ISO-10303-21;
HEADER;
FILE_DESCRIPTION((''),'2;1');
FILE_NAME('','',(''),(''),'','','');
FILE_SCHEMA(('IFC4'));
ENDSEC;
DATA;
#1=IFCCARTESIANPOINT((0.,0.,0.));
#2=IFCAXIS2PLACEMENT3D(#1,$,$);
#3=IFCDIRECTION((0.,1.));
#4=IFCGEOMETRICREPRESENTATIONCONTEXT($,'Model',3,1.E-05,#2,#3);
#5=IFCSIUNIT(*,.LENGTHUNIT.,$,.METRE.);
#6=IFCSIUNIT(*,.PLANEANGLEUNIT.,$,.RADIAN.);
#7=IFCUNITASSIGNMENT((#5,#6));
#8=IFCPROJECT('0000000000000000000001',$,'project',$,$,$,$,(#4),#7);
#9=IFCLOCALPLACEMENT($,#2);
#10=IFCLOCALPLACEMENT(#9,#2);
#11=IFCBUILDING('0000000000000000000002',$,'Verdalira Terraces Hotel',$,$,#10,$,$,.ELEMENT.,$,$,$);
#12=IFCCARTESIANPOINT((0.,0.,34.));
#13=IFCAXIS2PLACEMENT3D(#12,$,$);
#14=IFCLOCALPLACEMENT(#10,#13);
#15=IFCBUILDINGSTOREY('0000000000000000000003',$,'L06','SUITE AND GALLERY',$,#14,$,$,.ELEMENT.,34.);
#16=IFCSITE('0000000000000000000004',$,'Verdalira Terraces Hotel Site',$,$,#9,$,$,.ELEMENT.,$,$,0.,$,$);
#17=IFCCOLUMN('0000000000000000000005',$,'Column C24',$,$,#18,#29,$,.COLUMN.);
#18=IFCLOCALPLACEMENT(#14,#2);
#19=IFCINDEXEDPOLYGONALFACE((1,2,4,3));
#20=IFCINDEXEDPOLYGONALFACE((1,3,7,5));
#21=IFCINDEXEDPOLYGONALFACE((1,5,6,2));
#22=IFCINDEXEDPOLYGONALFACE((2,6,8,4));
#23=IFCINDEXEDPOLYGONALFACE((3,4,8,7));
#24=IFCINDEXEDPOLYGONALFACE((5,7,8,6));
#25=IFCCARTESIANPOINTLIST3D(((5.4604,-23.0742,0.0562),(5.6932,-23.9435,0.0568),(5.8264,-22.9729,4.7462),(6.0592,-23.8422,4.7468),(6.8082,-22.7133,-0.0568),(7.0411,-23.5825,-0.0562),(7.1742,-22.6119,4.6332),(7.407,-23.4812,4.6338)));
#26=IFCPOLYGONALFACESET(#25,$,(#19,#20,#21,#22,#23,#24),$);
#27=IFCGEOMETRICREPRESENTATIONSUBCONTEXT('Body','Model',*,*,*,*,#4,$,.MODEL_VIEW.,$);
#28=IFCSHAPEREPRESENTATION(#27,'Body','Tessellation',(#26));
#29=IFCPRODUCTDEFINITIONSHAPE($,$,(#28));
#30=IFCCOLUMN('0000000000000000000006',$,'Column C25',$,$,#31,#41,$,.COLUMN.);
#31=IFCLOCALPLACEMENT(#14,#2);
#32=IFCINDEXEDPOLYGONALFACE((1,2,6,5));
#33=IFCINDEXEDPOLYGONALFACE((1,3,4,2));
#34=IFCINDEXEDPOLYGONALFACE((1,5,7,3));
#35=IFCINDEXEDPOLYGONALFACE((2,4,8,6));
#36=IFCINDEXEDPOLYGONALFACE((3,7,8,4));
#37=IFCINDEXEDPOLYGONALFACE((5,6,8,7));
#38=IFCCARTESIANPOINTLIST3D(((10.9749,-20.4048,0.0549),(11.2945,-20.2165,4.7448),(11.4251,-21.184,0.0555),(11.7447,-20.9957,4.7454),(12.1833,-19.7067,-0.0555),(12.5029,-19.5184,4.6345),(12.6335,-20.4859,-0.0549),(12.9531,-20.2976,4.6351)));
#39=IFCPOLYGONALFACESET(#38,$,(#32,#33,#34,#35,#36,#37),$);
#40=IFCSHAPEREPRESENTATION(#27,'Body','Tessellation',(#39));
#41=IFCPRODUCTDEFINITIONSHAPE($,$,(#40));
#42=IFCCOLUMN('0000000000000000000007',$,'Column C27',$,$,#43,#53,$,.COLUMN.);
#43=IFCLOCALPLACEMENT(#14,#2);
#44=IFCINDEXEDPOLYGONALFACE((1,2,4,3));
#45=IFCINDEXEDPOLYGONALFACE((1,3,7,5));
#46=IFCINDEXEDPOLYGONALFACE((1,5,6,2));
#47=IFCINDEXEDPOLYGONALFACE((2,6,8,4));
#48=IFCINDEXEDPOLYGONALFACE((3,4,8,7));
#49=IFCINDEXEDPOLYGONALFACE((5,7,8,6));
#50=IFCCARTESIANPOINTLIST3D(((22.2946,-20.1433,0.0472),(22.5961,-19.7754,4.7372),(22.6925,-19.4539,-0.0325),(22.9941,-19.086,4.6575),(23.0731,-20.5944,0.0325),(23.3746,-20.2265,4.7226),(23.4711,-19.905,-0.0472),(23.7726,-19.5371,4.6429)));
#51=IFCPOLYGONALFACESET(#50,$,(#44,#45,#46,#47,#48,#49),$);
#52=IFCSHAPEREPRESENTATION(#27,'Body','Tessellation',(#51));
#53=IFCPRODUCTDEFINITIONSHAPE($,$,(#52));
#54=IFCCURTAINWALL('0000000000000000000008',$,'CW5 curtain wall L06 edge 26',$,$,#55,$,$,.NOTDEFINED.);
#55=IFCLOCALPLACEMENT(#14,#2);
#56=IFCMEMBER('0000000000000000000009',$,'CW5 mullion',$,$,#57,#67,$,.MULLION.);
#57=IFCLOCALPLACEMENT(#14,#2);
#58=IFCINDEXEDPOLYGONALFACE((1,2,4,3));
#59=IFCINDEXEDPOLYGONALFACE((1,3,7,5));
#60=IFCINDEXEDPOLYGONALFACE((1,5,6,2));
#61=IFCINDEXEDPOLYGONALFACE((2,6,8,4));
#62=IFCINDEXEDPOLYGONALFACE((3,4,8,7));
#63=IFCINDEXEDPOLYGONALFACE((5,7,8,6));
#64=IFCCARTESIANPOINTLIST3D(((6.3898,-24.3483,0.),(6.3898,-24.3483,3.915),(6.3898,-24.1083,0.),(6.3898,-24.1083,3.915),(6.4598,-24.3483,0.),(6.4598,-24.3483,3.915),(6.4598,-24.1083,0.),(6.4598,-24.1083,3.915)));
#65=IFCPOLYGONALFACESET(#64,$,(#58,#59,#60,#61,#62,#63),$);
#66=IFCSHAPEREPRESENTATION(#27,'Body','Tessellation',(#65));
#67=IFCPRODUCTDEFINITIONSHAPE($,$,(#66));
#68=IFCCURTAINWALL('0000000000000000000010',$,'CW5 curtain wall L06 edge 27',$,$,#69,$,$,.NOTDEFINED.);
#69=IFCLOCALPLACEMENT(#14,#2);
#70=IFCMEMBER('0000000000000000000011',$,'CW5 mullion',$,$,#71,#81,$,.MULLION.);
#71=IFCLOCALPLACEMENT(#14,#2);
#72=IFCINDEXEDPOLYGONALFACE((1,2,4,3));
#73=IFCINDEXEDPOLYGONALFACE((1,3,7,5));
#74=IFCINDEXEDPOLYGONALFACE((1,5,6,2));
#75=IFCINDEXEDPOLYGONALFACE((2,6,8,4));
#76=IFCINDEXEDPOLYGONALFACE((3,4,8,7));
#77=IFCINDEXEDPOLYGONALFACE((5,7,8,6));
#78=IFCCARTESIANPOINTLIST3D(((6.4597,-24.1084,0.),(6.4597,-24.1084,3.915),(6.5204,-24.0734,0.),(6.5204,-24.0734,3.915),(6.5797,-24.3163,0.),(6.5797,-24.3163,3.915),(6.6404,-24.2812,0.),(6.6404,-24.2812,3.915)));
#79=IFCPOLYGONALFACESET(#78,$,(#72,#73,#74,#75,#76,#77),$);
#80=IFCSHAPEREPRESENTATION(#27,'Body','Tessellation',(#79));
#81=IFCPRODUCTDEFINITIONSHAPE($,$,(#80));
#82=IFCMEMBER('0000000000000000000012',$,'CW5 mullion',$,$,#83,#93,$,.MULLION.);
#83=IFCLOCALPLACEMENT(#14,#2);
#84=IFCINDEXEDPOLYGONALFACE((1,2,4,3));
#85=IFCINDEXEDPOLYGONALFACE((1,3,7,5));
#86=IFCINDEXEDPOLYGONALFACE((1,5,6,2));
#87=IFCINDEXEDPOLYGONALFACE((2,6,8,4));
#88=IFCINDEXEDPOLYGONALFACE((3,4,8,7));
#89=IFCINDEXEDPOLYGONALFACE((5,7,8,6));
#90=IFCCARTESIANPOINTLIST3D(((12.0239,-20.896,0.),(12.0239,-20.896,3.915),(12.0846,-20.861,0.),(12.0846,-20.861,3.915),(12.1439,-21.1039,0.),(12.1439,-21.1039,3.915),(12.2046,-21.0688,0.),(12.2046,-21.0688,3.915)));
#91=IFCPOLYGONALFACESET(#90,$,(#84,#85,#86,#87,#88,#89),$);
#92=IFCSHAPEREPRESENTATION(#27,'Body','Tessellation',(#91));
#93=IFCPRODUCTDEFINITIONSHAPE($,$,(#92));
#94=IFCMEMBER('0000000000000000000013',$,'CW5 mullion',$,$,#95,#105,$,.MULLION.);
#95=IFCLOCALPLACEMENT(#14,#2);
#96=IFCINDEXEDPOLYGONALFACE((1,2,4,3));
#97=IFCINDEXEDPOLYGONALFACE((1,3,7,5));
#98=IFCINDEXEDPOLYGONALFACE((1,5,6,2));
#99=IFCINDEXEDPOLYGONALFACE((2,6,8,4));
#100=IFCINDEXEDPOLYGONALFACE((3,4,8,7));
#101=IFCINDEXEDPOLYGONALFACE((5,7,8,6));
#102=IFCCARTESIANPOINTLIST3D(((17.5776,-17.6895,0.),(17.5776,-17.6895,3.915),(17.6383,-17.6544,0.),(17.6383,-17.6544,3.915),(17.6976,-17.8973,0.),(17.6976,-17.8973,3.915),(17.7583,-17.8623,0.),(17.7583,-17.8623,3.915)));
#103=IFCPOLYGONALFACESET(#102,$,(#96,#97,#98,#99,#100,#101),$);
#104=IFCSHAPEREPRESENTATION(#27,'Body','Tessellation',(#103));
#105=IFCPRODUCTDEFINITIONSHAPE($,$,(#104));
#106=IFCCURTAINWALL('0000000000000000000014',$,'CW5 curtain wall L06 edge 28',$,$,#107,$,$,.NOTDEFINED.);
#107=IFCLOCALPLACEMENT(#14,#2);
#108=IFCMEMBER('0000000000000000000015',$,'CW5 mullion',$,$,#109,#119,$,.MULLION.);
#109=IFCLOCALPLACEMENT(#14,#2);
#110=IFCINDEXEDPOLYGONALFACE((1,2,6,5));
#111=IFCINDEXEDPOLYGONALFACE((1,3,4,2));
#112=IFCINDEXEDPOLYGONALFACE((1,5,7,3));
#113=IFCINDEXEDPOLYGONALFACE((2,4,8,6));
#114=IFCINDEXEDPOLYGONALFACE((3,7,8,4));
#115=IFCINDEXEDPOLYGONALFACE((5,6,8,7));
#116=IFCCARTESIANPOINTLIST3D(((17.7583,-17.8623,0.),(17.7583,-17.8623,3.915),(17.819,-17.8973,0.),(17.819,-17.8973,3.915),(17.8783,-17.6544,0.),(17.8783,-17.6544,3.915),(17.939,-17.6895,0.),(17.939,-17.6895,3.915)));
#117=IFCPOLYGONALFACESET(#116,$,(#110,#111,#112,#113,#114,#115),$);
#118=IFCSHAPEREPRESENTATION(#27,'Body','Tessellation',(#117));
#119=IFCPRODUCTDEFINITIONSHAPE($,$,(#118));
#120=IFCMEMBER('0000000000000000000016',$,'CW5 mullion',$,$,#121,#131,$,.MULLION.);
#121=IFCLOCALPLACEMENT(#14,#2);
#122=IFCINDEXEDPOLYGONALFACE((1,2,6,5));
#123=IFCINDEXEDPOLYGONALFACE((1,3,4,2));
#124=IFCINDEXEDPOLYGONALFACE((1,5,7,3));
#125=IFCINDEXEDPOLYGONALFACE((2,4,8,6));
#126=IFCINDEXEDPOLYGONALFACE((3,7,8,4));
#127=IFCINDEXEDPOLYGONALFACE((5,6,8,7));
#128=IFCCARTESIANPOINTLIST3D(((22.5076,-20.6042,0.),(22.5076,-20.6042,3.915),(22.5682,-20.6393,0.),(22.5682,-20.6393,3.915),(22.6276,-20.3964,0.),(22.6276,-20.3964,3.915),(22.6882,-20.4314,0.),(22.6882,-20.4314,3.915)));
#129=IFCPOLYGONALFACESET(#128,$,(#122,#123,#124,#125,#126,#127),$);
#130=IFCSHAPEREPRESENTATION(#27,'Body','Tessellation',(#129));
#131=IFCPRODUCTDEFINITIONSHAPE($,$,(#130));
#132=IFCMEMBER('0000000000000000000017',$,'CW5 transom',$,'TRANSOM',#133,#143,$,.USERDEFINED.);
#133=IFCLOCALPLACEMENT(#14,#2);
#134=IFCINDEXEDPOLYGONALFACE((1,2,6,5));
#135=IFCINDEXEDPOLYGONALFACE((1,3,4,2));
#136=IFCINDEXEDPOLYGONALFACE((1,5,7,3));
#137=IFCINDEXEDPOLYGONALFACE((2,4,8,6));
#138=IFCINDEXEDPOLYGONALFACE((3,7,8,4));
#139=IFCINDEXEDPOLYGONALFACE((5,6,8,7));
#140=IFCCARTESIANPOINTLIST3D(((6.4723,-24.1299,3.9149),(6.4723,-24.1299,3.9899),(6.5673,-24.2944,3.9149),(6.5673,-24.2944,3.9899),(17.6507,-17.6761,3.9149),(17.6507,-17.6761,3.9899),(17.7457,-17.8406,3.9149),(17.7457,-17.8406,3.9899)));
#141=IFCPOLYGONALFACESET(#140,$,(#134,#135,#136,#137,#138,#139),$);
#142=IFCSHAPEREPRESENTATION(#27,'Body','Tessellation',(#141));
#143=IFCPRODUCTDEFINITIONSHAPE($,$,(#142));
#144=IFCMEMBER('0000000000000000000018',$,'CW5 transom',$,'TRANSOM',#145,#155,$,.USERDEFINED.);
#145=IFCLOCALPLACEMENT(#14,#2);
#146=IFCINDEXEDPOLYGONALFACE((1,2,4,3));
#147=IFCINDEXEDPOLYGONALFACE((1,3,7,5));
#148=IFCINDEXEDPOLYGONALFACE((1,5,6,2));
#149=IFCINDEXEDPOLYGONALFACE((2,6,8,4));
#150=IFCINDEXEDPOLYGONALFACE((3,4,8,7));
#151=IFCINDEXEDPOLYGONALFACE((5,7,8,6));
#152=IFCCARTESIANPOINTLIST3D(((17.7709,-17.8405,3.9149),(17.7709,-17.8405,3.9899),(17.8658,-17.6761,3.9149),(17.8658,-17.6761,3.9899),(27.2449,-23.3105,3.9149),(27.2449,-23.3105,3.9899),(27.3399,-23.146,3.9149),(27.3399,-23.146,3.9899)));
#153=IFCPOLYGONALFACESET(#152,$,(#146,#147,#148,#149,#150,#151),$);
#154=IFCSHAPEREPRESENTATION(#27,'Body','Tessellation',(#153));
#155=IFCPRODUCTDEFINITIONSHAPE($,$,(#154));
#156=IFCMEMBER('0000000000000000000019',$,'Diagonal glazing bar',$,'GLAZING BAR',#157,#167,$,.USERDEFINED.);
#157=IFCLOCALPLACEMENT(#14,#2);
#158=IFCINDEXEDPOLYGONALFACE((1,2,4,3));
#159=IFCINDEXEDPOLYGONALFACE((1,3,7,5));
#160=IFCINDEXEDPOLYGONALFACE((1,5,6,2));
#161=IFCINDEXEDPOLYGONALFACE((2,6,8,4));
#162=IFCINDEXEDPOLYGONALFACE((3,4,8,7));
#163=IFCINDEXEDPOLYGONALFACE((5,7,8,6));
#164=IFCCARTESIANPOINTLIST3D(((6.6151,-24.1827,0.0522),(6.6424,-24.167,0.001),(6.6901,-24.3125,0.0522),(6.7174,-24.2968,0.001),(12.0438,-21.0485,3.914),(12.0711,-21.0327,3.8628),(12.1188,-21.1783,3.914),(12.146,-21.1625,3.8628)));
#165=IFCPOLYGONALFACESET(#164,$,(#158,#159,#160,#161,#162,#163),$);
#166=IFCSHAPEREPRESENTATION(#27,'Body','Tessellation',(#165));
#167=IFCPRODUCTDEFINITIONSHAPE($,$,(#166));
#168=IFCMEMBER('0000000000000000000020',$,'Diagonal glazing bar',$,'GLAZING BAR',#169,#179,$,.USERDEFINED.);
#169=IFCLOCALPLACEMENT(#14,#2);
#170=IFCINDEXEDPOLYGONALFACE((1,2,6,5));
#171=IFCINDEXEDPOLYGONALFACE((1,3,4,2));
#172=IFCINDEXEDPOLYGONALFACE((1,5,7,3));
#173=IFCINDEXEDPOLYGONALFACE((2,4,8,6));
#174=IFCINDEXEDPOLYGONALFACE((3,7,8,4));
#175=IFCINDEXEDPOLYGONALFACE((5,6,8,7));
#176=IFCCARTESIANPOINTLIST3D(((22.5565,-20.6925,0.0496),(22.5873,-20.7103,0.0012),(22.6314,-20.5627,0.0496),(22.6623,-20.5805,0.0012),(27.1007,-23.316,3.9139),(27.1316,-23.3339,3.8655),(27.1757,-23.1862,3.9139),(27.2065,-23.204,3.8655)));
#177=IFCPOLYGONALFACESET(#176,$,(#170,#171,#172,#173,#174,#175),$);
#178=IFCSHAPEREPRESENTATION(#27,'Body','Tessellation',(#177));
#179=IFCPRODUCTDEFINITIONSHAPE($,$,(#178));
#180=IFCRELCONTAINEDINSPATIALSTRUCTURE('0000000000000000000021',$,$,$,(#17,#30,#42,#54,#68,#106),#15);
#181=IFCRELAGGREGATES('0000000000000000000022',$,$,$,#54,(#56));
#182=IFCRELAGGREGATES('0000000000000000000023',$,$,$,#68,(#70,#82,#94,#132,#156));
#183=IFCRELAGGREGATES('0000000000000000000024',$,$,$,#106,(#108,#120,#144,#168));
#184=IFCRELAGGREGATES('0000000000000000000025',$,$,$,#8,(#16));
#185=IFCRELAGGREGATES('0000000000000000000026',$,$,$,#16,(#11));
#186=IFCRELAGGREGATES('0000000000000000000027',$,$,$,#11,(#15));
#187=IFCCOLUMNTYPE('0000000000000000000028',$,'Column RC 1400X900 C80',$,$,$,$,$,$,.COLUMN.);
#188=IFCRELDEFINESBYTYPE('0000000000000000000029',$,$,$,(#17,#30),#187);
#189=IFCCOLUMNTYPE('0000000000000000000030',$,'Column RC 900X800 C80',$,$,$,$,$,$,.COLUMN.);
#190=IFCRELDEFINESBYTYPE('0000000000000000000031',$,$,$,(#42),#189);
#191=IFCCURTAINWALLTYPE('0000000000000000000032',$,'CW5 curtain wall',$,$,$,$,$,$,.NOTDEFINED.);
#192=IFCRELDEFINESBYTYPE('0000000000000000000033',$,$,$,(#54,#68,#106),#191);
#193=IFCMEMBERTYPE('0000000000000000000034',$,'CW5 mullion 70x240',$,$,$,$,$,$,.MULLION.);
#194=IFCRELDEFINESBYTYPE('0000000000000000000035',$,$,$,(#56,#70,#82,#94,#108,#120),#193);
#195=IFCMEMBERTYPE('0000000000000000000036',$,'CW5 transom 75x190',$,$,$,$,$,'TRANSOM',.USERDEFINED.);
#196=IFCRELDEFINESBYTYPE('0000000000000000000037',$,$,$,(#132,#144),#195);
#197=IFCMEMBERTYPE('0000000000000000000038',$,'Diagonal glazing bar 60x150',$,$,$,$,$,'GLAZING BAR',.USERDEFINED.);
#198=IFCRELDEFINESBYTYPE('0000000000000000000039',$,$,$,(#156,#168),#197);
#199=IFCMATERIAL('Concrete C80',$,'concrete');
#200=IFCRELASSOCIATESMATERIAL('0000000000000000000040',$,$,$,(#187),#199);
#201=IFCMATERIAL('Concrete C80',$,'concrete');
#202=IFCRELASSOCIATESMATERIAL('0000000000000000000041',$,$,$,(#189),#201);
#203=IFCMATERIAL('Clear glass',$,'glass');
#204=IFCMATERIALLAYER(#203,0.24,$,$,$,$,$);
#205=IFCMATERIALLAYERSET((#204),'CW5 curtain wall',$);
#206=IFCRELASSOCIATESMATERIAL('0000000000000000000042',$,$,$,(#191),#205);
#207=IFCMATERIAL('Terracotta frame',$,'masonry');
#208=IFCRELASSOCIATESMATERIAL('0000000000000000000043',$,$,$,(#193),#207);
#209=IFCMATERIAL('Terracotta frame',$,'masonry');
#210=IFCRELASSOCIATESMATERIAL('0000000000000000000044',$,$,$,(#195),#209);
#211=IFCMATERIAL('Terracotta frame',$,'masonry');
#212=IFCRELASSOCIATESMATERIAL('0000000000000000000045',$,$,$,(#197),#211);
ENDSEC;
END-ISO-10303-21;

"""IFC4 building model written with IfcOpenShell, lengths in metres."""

from ifc_helpers import new_model, si_unit, direction, frame, origin, origin_2d, place, context, subcontext, project, spatial, rectangle, extrude, material, layer, layer_set, material_profile, profile_set, type_object, element, aggregate, save


model = new_model("IFC4")

# Units and contexts
model_context = context("Model", 3, precision=1e-05, world=origin(), true_north=direction((0.0, 1.0)))
body_context = subcontext(model_context, "Body", "Model", "MODEL_VIEW")
ifc_project = project(units=[si_unit("LENGTHUNIT", "METRE"), si_unit("PLANEANGLEUNIT", "RADIAN")], contexts=[model_context])

# Site, building, storey
site_placement = place(None, origin())
site = spatial("IfcSite", under=ifc_project, at=site_placement, Name="Verdalira Terraces Hotel Site", CompositionType="ELEMENT", RefElevation=0.0)
building_placement = place(site_placement, origin())
building = spatial("IfcBuilding", under=site, at=building_placement, Name="Verdalira Terraces Hotel", CompositionType="ELEMENT")
storey_placement = place(building_placement, frame((0.0, 0.0, 34.0)))
storey = spatial("IfcBuildingStorey", under=building, at=storey_placement, Name="L06", Description="SUITE AND GALLERY", CompositionType="ELEMENT", Elevation=34.0)

# Columns
ifc_material_1 = material(Name="Concrete C80", Category="concrete")
ifc_material_profile_1 = material_profile(ifc_material_1, rectangle(XDim=1.3999, YDim=0.8999, at=origin_2d()), Name="RC 1400X900")
ifc_profile_set_1 = profile_set([ifc_material_profile_1], Name="Concrete C80")
column_type_1 = type_object("IfcColumnType", Name="Column RC 1400X900 C80", PredefinedType="COLUMN", material=ifc_profile_set_1)
column_1_placement = place(storey_placement, frame((6.2507, -23.3284, 0.0), z_axis=(0.077778, 0.021533, 0.996738), x_axis=(-0.962813, -0.257834, 0.080701)))
element("IfcColumn", 1, at=column_1_placement, inside=storey, type_object=column_type_1, Name="Column C24", PredefinedType="COLUMN", context=body_context, shape_type="SweptSolid", body=[
    extrude(rectangle(XDim=1.3999, YDim=0.8999, at=origin_2d()), origin(), (0.0, 0.0, 1.0), 4.7053),
])
column_2_placement = place(storey_placement, frame((11.8042, -20.4453, 0.0), z_axis=(0.06793, 0.04001, 0.996888), x_axis=(0.863199, 0.498671, -0.078834)))
element("IfcColumn", 2, at=column_2_placement, inside=storey, type_object=column_type_1, Name="Column C25", PredefinedType="COLUMN", context=body_context, shape_type="SweptSolid", body=[
    extrude(rectangle(XDim=1.3999, YDim=0.8999, at=origin_2d()), origin(), (0.0, 0.0, 1.0), 4.7046),
])
ifc_material_2 = material(Name="Concrete C80", Category="concrete")
ifc_material_profile_2 = material_profile(ifc_material_2, rectangle(XDim=0.8999, YDim=0.8, at=origin_2d()), Name="RC 900X800")
ifc_profile_set_2 = profile_set([ifc_material_profile_2], Name="Concrete C80")
column_type_2 = type_object("IfcColumnType", Name="Column RC 900X800 C80", PredefinedType="COLUMN", material=ifc_profile_set_2)
column_3_placement = place(storey_placement, frame((22.8828, -20.0242, 0.0), z_axis=(0.063961, 0.078048, 0.994896), x_axis=(0.865136, -0.501273, -0.016295)))
element("IfcColumn", 3, at=column_3_placement, inside=storey, type_object=column_type_2, Name="Column C27", PredefinedType="COLUMN", context=body_context, shape_type="SweptSolid", body=[
    extrude(rectangle(XDim=0.8999, YDim=0.8, at=origin_2d()), origin(), (0.0, 0.0, 1.0), 4.7141),
])

# Curtain wall, member
ifc_material_3 = material(Name="Clear glass", Category="glass")
ifc_layer_1 = layer(ifc_material_3, 0.24)
ifc_layer_set_1 = layer_set([ifc_layer_1], Name="CW5 curtain wall")
curtain_wall_type = type_object("IfcCurtainWallType", Name="CW5 curtain wall", PredefinedType="NOTDEFINED", material=ifc_layer_set_1)
curtain_wall_1_placement = place(storey_placement, origin())
curtain_wall_1 = element("IfcCurtainWall", 4, at=curtain_wall_1_placement, inside=storey, type_object=curtain_wall_type, Name="CW5 curtain wall L06 edge 26", PredefinedType="NOTDEFINED")
ifc_material_4 = material(Name="Terracotta frame", Category="masonry")
ifc_material_profile_3 = material_profile(ifc_material_4, rectangle(XDim=0.0701, YDim=0.24, at=origin_2d()), Name="MU 70x240")
ifc_profile_set_3 = profile_set([ifc_material_profile_3], Name="Terracotta frame")
member_type_1 = type_object("IfcMemberType", Name="CW5 mullion 70x240", PredefinedType="MULLION", material=ifc_profile_set_3)
member_1_placement = place(storey_placement, frame((6.4248, -24.2283, 0.0), z_axis=(0.0, 0.0, 1.0), x_axis=(1.0, 0.0, 0.0)))
member_1 = element("IfcMember", 5, at=member_1_placement, type_object=member_type_1, Name="CW5 mullion", PredefinedType="MULLION", context=body_context, shape_type="SweptSolid", body=[
    extrude(rectangle(XDim=0.0701, YDim=0.24, at=origin_2d()), origin(), (0.0, 0.0, 1.0), 3.915),
])
aggregate(curtain_wall_1, [member_1])

# Curtain walls, members
curtain_wall_2_placement = place(storey_placement, origin())
curtain_wall_2 = element("IfcCurtainWall", 6, at=curtain_wall_2_placement, inside=storey, type_object=curtain_wall_type, Name="CW5 curtain wall L06 edge 27", PredefinedType="NOTDEFINED")
member_2_placement = place(storey_placement, frame((6.55, -24.1948, 0.0), z_axis=(0.0, 0.0, 1.0), x_axis=(0.866025, 0.5, 0.0)))
member_2 = element("IfcMember", 7, at=member_2_placement, type_object=member_type_1, Name="CW5 mullion", PredefinedType="MULLION", context=body_context, shape_type="SweptSolid", body=[
    extrude(rectangle(XDim=0.0701, YDim=0.24, at=origin_2d()), origin(), (0.0, 0.0, 1.0), 3.915),
])
member_3_placement = place(storey_placement, frame((12.1143, -20.9824, 0.0), z_axis=(0.0, 0.0, 1.0), x_axis=(0.866025, 0.5, 0.0)))
member_3 = element("IfcMember", 8, at=member_3_placement, type_object=member_type_1, Name="CW5 mullion", PredefinedType="MULLION", context=body_context, shape_type="SweptSolid", body=[
    extrude(rectangle(XDim=0.0701, YDim=0.24, at=origin_2d()), origin(), (0.0, 0.0, 1.0), 3.915),
])
member_4_placement = place(storey_placement, frame((17.668, -17.7759, 0.0), z_axis=(0.0, 0.0, 1.0), x_axis=(0.866025, 0.5, 0.0)))
member_4 = element("IfcMember", 9, at=member_4_placement, type_object=member_type_1, Name="CW5 mullion", PredefinedType="MULLION", context=body_context, shape_type="SweptSolid", body=[
    extrude(rectangle(XDim=0.0701, YDim=0.24, at=origin_2d()), origin(), (0.0, 0.0, 1.0), 3.915),
])
curtain_wall_3_placement = place(storey_placement, origin())
curtain_wall_3 = element("IfcCurtainWall", 10, at=curtain_wall_3_placement, inside=storey, type_object=curtain_wall_type, Name="CW5 curtain wall L06 edge 28", PredefinedType="NOTDEFINED")
member_5_placement = place(storey_placement, frame((17.8486, -17.7759, 0.0), z_axis=(0.0, 0.0, 1.0), x_axis=(0.866025, -0.5, 0.0)))
member_5 = element("IfcMember", 11, at=member_5_placement, type_object=member_type_1, Name="CW5 mullion", PredefinedType="MULLION", context=body_context, shape_type="SweptSolid", body=[
    extrude(rectangle(XDim=0.0701, YDim=0.24, at=origin_2d()), origin(), (0.0, 0.0, 1.0), 3.915),
])
member_6_placement = place(storey_placement, frame((22.5979, -20.5178, 0.0), z_axis=(0.0, 0.0, 1.0), x_axis=(0.866025, -0.5, 0.0)))
member_6 = element("IfcMember", 12, at=member_6_placement, type_object=member_type_1, Name="CW5 mullion", PredefinedType="MULLION", context=body_context, shape_type="SweptSolid", body=[
    extrude(rectangle(XDim=0.0701, YDim=0.24, at=origin_2d()), origin(), (0.0, 0.0, 1.0), 3.915),
])

# Members
ifc_material_5 = material(Name="Terracotta frame", Category="masonry")
ifc_material_profile_4 = material_profile(ifc_material_5, rectangle(XDim=0.1899, YDim=0.075, at=origin_2d()), Name="TR 75x190")
ifc_profile_set_4 = profile_set([ifc_material_profile_4], Name="Terracotta frame")
member_type_2 = type_object("IfcMemberType", Name="CW5 transom 75x190", ElementType="TRANSOM", PredefinedType="USERDEFINED", material=ifc_profile_set_4)
member_7_placement = place(storey_placement, frame((6.5198, -24.2122, 3.9524), z_axis=(0.866027, 0.499998, 0.0), x_axis=(-0.499998, 0.866027, 0.0)))
member_7 = element("IfcMember", 13, at=member_7_placement, type_object=member_type_2, Name="CW5 transom", ObjectType="TRANSOM", PredefinedType="USERDEFINED", context=body_context, shape_type="SweptSolid", body=[
    extrude(rectangle(XDim=0.1899, YDim=0.075, at=origin_2d()), origin(), (0.0, 0.0, 1.0), 12.9077),
])
member_8_placement = place(storey_placement, frame((17.8184, -17.7583, 3.9524), z_axis=(0.866022, -0.500006, 0.0), x_axis=(0.500006, 0.866022, 0.0)))
member_8 = element("IfcMember", 14, at=member_8_placement, type_object=member_type_2, Name="CW5 transom", ObjectType="TRANSOM", PredefinedType="USERDEFINED", context=body_context, shape_type="SweptSolid", body=[
    extrude(rectangle(XDim=0.1899, YDim=0.075, at=origin_2d()), origin(), (0.0, 0.0, 1.0), 10.9397),
])
ifc_material_6 = material(Name="Terracotta frame", Category="masonry")
ifc_material_profile_5 = material_profile(ifc_material_6, rectangle(XDim=0.1499, YDim=0.0601, at=origin_2d()), Name="GB 60x150")
ifc_profile_set_5 = profile_set([ifc_material_profile_5], Name="Terracotta frame")
member_type_3 = type_object("IfcMemberType", Name="Diagonal glazing bar 60x150", ElementType="GLAZING BAR", PredefinedType="USERDEFINED", material=ifc_profile_set_5)
member_9_placement = place(storey_placement, frame((6.6663, -24.2397, 0.0266), z_axis=(0.737334, 0.425701, 0.524516), x_axis=(-0.500001, 0.866025, 0.0)))
member_9 = element("IfcMember", 15, at=member_9_placement, type_object=member_type_3, Name="Diagonal glazing bar", ObjectType="GLAZING BAR", PredefinedType="USERDEFINED", context=body_context, shape_type="SweptSolid", body=[
    extrude(rectangle(XDim=0.1499, YDim=0.0601, at=origin_2d()), origin(), (0.0, 0.0, 1.0), 7.3625),
])
member_10_placement = place(storey_placement, frame((22.6094, -20.6365, 0.0254), z_axis=(0.697333, -0.402597, 0.592994), x_axis=(0.499992, 0.86603, 0.0)))
member_10 = element("IfcMember", 16, at=member_10_placement, type_object=member_type_3, Name="Diagonal glazing bar", ObjectType="GLAZING BAR", PredefinedType="USERDEFINED", context=body_context, shape_type="SweptSolid", body=[
    extrude(rectangle(XDim=0.1499, YDim=0.0601, at=origin_2d()), origin(), (0.0, 0.0, 1.0), 6.5166),
])

aggregate(curtain_wall_2, [member_2, member_3, member_4, member_7, member_9])
aggregate(curtain_wall_3, [member_5, member_6, member_8, member_10])

save(model, "model.ifc")
